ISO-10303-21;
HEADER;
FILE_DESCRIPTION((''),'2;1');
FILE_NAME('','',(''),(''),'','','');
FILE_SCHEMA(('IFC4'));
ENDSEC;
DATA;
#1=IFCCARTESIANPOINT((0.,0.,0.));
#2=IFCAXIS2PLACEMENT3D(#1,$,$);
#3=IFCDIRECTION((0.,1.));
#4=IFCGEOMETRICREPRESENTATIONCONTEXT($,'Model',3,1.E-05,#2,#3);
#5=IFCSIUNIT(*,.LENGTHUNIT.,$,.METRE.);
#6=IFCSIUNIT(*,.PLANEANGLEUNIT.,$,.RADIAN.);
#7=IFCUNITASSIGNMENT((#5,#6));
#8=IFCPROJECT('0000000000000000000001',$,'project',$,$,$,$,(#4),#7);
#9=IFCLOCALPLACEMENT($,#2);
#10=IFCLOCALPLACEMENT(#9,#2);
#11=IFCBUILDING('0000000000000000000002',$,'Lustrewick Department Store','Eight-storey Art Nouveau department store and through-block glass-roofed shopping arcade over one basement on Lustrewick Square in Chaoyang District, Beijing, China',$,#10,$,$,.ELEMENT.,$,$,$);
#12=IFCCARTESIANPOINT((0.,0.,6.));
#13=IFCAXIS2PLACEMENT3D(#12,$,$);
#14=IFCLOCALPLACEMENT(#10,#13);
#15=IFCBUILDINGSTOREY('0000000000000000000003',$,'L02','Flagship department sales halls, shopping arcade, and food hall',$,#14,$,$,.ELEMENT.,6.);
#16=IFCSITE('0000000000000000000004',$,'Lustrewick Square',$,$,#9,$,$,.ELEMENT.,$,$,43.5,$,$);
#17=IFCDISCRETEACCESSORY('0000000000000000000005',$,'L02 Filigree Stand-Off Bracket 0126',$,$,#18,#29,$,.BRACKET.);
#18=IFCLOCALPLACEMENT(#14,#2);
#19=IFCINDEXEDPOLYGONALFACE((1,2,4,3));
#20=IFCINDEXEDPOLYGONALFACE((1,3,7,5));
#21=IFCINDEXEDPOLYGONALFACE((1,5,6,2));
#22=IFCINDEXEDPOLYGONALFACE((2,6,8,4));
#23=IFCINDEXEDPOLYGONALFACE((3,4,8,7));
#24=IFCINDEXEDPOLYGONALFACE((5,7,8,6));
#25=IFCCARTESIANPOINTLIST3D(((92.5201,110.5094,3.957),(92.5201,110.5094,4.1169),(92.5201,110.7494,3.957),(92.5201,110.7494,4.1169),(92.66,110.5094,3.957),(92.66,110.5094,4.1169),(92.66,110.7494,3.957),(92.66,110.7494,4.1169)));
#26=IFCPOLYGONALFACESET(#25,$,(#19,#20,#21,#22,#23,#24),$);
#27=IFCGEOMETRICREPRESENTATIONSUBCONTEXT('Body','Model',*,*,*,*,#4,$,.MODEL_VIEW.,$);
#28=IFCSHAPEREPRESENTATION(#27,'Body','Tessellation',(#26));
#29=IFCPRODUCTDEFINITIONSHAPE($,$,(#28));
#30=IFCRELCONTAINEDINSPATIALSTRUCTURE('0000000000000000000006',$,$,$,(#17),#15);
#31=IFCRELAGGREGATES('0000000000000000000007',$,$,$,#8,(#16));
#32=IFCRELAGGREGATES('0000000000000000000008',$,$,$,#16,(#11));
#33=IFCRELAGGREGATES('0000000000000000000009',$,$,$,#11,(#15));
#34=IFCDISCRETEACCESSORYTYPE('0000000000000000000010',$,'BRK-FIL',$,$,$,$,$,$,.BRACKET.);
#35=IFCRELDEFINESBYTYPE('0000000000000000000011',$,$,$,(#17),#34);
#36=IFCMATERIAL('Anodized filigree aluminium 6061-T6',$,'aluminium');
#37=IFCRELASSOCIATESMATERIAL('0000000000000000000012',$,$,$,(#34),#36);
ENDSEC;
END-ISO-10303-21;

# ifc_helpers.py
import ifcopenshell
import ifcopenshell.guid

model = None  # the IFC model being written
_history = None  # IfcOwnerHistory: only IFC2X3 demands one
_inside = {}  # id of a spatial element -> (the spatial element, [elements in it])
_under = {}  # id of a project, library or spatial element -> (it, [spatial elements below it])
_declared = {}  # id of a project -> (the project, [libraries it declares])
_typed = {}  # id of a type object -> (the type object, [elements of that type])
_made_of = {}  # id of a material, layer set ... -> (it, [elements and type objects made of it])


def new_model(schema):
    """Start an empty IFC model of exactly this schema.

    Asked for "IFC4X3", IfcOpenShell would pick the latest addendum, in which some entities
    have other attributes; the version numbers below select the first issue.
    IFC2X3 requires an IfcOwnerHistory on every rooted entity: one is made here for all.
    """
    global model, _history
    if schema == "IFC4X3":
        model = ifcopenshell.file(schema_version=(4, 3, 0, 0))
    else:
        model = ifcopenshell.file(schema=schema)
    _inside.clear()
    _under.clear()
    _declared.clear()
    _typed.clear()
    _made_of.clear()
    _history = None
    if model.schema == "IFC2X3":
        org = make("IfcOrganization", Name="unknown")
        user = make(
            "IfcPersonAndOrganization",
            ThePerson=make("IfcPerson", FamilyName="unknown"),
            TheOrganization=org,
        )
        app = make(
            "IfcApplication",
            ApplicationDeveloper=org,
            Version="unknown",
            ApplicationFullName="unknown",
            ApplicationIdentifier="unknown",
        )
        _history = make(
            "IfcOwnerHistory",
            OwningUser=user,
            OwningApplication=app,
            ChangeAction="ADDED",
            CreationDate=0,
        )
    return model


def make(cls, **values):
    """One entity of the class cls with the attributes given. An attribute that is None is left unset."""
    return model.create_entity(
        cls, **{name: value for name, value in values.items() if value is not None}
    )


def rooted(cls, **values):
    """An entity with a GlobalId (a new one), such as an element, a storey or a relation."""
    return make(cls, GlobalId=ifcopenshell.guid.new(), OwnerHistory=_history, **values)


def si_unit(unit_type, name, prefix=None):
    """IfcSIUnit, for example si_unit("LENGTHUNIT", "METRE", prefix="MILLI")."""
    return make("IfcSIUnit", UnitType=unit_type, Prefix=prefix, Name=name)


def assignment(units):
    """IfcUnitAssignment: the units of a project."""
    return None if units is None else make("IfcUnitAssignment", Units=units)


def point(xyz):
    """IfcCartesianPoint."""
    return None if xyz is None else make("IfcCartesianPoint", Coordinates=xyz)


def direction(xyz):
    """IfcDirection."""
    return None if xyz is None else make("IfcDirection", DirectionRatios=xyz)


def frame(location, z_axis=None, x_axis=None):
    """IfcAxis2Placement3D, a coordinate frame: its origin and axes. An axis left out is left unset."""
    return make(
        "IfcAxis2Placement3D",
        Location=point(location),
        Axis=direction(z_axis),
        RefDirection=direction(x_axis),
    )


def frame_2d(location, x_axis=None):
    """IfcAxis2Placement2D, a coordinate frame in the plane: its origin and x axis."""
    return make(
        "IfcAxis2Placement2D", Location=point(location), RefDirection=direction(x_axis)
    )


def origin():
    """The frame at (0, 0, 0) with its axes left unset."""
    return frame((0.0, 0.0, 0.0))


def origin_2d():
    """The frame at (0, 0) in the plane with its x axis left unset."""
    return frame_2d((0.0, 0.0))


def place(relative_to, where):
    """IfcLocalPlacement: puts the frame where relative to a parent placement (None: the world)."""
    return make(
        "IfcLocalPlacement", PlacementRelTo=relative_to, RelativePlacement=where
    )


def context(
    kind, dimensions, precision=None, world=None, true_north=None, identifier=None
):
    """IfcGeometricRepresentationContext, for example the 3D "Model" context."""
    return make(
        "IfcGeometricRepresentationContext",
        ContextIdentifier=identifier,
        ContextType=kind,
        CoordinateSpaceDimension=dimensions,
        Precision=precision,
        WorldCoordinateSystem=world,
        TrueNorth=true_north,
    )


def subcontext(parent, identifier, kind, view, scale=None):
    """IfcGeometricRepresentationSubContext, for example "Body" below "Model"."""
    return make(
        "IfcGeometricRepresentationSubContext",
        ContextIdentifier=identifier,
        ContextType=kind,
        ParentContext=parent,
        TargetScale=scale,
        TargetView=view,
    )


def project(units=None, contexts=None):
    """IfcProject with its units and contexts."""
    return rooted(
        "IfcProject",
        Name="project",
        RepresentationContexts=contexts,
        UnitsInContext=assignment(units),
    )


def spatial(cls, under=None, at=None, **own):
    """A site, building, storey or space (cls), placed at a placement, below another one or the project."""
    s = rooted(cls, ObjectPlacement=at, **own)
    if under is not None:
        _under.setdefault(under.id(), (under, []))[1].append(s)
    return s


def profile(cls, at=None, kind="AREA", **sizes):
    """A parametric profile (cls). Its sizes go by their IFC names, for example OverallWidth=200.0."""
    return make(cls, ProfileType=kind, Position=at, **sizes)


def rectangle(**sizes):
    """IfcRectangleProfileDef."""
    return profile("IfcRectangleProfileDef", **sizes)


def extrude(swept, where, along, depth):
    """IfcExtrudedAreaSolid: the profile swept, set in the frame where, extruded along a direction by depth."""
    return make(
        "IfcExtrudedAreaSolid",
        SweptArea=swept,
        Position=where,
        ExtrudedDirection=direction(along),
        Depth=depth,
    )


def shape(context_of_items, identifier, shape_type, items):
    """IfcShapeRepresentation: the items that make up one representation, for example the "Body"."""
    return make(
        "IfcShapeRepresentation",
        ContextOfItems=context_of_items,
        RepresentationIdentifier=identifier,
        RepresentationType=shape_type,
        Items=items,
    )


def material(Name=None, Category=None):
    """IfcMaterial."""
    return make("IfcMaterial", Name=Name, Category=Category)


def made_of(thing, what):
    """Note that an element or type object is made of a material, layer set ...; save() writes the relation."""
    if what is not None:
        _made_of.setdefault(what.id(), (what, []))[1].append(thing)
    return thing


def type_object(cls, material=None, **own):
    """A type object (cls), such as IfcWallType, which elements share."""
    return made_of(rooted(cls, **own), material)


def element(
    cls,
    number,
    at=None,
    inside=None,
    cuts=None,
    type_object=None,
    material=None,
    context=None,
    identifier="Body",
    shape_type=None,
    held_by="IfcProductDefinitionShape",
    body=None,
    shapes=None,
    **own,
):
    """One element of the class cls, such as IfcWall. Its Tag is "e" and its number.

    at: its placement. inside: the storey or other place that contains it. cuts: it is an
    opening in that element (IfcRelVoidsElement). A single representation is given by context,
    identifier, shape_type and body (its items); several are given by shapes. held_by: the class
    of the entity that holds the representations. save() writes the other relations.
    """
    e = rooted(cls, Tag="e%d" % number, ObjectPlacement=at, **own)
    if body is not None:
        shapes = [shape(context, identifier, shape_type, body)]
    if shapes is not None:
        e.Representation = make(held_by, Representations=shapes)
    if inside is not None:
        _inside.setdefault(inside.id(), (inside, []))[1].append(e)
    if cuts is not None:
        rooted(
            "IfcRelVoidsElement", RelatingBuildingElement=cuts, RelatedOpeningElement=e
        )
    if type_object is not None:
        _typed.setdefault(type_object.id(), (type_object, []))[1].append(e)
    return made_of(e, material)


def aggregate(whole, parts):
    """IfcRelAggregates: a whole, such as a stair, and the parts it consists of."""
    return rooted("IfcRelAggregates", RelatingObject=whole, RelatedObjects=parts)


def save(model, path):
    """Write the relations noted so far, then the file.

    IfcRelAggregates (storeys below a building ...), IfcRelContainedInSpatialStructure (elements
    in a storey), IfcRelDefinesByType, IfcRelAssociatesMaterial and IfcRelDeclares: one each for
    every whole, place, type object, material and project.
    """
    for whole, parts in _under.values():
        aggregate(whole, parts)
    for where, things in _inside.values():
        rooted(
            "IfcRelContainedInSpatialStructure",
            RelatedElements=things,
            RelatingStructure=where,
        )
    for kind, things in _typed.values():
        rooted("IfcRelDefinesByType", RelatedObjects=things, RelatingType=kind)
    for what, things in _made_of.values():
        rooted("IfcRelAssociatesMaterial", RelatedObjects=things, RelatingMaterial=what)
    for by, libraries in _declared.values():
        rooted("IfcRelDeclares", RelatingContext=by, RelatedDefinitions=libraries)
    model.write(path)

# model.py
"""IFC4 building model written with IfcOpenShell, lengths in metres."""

from ifc_helpers import new_model, si_unit, direction, frame, origin, origin_2d, place, context, subcontext, project, spatial, rectangle, extrude, material, type_object, element, save


model = new_model("IFC4")

# Units and contexts
model_context = context("Model", 3, precision=1e-05, world=origin(), true_north=direction((0.0, 1.0)))
body_context = subcontext(model_context, "Body", "Model", "MODEL_VIEW")
ifc_project = project(units=[si_unit("LENGTHUNIT", "METRE"), si_unit("PLANEANGLEUNIT", "RADIAN")], contexts=[model_context])

# Site, building, storey
site_placement = place(None, origin())
site = spatial("IfcSite", under=ifc_project, at=site_placement, Name="Lustrewick Square", CompositionType="ELEMENT", RefElevation=43.5)
building_placement = place(site_placement, origin())
building = spatial("IfcBuilding", under=site, at=building_placement, Name="Lustrewick Department Store", Description="Eight-storey Art Nouveau department store and through-block glass-roofed shopping arcade over one basement on Lustrewick Square in Chaoyang District, Beijing, China", CompositionType="ELEMENT")
storey_placement = place(building_placement, frame((0.0, 0.0, 6.0)))
storey = spatial("IfcBuildingStorey", under=building, at=storey_placement, Name="L02", Description="Flagship department sales halls, shopping arcade, and food hall", CompositionType="ELEMENT", Elevation=6.0)

# Discrete accessory
ifc_material_1 = material(Name="Anodized filigree aluminium 6061-T6", Category="aluminium")
discrete_accessory_type = type_object("IfcDiscreteAccessoryType", Name="BRK-FIL", PredefinedType="BRACKET", material=ifc_material_1)
discrete_accessory_placement = place(storey_placement, frame((92.5901, 110.6294, 3.957), z_axis=(0.0, 0.0, 1.0), x_axis=(0.0, 1.0, 0.0)))
element("IfcDiscreteAccessory", 1, at=discrete_accessory_placement, inside=storey, type_object=discrete_accessory_type, Name="L02 Filigree Stand-Off Bracket 0126", PredefinedType="BRACKET", context=body_context, shape_type="SweptSolid", body=[
    extrude(rectangle(XDim=0.24, YDim=0.1399, at=origin_2d()), origin(), (0.0, 0.0, 1.0), 0.1599),
])

save(model, "model.ifc")
